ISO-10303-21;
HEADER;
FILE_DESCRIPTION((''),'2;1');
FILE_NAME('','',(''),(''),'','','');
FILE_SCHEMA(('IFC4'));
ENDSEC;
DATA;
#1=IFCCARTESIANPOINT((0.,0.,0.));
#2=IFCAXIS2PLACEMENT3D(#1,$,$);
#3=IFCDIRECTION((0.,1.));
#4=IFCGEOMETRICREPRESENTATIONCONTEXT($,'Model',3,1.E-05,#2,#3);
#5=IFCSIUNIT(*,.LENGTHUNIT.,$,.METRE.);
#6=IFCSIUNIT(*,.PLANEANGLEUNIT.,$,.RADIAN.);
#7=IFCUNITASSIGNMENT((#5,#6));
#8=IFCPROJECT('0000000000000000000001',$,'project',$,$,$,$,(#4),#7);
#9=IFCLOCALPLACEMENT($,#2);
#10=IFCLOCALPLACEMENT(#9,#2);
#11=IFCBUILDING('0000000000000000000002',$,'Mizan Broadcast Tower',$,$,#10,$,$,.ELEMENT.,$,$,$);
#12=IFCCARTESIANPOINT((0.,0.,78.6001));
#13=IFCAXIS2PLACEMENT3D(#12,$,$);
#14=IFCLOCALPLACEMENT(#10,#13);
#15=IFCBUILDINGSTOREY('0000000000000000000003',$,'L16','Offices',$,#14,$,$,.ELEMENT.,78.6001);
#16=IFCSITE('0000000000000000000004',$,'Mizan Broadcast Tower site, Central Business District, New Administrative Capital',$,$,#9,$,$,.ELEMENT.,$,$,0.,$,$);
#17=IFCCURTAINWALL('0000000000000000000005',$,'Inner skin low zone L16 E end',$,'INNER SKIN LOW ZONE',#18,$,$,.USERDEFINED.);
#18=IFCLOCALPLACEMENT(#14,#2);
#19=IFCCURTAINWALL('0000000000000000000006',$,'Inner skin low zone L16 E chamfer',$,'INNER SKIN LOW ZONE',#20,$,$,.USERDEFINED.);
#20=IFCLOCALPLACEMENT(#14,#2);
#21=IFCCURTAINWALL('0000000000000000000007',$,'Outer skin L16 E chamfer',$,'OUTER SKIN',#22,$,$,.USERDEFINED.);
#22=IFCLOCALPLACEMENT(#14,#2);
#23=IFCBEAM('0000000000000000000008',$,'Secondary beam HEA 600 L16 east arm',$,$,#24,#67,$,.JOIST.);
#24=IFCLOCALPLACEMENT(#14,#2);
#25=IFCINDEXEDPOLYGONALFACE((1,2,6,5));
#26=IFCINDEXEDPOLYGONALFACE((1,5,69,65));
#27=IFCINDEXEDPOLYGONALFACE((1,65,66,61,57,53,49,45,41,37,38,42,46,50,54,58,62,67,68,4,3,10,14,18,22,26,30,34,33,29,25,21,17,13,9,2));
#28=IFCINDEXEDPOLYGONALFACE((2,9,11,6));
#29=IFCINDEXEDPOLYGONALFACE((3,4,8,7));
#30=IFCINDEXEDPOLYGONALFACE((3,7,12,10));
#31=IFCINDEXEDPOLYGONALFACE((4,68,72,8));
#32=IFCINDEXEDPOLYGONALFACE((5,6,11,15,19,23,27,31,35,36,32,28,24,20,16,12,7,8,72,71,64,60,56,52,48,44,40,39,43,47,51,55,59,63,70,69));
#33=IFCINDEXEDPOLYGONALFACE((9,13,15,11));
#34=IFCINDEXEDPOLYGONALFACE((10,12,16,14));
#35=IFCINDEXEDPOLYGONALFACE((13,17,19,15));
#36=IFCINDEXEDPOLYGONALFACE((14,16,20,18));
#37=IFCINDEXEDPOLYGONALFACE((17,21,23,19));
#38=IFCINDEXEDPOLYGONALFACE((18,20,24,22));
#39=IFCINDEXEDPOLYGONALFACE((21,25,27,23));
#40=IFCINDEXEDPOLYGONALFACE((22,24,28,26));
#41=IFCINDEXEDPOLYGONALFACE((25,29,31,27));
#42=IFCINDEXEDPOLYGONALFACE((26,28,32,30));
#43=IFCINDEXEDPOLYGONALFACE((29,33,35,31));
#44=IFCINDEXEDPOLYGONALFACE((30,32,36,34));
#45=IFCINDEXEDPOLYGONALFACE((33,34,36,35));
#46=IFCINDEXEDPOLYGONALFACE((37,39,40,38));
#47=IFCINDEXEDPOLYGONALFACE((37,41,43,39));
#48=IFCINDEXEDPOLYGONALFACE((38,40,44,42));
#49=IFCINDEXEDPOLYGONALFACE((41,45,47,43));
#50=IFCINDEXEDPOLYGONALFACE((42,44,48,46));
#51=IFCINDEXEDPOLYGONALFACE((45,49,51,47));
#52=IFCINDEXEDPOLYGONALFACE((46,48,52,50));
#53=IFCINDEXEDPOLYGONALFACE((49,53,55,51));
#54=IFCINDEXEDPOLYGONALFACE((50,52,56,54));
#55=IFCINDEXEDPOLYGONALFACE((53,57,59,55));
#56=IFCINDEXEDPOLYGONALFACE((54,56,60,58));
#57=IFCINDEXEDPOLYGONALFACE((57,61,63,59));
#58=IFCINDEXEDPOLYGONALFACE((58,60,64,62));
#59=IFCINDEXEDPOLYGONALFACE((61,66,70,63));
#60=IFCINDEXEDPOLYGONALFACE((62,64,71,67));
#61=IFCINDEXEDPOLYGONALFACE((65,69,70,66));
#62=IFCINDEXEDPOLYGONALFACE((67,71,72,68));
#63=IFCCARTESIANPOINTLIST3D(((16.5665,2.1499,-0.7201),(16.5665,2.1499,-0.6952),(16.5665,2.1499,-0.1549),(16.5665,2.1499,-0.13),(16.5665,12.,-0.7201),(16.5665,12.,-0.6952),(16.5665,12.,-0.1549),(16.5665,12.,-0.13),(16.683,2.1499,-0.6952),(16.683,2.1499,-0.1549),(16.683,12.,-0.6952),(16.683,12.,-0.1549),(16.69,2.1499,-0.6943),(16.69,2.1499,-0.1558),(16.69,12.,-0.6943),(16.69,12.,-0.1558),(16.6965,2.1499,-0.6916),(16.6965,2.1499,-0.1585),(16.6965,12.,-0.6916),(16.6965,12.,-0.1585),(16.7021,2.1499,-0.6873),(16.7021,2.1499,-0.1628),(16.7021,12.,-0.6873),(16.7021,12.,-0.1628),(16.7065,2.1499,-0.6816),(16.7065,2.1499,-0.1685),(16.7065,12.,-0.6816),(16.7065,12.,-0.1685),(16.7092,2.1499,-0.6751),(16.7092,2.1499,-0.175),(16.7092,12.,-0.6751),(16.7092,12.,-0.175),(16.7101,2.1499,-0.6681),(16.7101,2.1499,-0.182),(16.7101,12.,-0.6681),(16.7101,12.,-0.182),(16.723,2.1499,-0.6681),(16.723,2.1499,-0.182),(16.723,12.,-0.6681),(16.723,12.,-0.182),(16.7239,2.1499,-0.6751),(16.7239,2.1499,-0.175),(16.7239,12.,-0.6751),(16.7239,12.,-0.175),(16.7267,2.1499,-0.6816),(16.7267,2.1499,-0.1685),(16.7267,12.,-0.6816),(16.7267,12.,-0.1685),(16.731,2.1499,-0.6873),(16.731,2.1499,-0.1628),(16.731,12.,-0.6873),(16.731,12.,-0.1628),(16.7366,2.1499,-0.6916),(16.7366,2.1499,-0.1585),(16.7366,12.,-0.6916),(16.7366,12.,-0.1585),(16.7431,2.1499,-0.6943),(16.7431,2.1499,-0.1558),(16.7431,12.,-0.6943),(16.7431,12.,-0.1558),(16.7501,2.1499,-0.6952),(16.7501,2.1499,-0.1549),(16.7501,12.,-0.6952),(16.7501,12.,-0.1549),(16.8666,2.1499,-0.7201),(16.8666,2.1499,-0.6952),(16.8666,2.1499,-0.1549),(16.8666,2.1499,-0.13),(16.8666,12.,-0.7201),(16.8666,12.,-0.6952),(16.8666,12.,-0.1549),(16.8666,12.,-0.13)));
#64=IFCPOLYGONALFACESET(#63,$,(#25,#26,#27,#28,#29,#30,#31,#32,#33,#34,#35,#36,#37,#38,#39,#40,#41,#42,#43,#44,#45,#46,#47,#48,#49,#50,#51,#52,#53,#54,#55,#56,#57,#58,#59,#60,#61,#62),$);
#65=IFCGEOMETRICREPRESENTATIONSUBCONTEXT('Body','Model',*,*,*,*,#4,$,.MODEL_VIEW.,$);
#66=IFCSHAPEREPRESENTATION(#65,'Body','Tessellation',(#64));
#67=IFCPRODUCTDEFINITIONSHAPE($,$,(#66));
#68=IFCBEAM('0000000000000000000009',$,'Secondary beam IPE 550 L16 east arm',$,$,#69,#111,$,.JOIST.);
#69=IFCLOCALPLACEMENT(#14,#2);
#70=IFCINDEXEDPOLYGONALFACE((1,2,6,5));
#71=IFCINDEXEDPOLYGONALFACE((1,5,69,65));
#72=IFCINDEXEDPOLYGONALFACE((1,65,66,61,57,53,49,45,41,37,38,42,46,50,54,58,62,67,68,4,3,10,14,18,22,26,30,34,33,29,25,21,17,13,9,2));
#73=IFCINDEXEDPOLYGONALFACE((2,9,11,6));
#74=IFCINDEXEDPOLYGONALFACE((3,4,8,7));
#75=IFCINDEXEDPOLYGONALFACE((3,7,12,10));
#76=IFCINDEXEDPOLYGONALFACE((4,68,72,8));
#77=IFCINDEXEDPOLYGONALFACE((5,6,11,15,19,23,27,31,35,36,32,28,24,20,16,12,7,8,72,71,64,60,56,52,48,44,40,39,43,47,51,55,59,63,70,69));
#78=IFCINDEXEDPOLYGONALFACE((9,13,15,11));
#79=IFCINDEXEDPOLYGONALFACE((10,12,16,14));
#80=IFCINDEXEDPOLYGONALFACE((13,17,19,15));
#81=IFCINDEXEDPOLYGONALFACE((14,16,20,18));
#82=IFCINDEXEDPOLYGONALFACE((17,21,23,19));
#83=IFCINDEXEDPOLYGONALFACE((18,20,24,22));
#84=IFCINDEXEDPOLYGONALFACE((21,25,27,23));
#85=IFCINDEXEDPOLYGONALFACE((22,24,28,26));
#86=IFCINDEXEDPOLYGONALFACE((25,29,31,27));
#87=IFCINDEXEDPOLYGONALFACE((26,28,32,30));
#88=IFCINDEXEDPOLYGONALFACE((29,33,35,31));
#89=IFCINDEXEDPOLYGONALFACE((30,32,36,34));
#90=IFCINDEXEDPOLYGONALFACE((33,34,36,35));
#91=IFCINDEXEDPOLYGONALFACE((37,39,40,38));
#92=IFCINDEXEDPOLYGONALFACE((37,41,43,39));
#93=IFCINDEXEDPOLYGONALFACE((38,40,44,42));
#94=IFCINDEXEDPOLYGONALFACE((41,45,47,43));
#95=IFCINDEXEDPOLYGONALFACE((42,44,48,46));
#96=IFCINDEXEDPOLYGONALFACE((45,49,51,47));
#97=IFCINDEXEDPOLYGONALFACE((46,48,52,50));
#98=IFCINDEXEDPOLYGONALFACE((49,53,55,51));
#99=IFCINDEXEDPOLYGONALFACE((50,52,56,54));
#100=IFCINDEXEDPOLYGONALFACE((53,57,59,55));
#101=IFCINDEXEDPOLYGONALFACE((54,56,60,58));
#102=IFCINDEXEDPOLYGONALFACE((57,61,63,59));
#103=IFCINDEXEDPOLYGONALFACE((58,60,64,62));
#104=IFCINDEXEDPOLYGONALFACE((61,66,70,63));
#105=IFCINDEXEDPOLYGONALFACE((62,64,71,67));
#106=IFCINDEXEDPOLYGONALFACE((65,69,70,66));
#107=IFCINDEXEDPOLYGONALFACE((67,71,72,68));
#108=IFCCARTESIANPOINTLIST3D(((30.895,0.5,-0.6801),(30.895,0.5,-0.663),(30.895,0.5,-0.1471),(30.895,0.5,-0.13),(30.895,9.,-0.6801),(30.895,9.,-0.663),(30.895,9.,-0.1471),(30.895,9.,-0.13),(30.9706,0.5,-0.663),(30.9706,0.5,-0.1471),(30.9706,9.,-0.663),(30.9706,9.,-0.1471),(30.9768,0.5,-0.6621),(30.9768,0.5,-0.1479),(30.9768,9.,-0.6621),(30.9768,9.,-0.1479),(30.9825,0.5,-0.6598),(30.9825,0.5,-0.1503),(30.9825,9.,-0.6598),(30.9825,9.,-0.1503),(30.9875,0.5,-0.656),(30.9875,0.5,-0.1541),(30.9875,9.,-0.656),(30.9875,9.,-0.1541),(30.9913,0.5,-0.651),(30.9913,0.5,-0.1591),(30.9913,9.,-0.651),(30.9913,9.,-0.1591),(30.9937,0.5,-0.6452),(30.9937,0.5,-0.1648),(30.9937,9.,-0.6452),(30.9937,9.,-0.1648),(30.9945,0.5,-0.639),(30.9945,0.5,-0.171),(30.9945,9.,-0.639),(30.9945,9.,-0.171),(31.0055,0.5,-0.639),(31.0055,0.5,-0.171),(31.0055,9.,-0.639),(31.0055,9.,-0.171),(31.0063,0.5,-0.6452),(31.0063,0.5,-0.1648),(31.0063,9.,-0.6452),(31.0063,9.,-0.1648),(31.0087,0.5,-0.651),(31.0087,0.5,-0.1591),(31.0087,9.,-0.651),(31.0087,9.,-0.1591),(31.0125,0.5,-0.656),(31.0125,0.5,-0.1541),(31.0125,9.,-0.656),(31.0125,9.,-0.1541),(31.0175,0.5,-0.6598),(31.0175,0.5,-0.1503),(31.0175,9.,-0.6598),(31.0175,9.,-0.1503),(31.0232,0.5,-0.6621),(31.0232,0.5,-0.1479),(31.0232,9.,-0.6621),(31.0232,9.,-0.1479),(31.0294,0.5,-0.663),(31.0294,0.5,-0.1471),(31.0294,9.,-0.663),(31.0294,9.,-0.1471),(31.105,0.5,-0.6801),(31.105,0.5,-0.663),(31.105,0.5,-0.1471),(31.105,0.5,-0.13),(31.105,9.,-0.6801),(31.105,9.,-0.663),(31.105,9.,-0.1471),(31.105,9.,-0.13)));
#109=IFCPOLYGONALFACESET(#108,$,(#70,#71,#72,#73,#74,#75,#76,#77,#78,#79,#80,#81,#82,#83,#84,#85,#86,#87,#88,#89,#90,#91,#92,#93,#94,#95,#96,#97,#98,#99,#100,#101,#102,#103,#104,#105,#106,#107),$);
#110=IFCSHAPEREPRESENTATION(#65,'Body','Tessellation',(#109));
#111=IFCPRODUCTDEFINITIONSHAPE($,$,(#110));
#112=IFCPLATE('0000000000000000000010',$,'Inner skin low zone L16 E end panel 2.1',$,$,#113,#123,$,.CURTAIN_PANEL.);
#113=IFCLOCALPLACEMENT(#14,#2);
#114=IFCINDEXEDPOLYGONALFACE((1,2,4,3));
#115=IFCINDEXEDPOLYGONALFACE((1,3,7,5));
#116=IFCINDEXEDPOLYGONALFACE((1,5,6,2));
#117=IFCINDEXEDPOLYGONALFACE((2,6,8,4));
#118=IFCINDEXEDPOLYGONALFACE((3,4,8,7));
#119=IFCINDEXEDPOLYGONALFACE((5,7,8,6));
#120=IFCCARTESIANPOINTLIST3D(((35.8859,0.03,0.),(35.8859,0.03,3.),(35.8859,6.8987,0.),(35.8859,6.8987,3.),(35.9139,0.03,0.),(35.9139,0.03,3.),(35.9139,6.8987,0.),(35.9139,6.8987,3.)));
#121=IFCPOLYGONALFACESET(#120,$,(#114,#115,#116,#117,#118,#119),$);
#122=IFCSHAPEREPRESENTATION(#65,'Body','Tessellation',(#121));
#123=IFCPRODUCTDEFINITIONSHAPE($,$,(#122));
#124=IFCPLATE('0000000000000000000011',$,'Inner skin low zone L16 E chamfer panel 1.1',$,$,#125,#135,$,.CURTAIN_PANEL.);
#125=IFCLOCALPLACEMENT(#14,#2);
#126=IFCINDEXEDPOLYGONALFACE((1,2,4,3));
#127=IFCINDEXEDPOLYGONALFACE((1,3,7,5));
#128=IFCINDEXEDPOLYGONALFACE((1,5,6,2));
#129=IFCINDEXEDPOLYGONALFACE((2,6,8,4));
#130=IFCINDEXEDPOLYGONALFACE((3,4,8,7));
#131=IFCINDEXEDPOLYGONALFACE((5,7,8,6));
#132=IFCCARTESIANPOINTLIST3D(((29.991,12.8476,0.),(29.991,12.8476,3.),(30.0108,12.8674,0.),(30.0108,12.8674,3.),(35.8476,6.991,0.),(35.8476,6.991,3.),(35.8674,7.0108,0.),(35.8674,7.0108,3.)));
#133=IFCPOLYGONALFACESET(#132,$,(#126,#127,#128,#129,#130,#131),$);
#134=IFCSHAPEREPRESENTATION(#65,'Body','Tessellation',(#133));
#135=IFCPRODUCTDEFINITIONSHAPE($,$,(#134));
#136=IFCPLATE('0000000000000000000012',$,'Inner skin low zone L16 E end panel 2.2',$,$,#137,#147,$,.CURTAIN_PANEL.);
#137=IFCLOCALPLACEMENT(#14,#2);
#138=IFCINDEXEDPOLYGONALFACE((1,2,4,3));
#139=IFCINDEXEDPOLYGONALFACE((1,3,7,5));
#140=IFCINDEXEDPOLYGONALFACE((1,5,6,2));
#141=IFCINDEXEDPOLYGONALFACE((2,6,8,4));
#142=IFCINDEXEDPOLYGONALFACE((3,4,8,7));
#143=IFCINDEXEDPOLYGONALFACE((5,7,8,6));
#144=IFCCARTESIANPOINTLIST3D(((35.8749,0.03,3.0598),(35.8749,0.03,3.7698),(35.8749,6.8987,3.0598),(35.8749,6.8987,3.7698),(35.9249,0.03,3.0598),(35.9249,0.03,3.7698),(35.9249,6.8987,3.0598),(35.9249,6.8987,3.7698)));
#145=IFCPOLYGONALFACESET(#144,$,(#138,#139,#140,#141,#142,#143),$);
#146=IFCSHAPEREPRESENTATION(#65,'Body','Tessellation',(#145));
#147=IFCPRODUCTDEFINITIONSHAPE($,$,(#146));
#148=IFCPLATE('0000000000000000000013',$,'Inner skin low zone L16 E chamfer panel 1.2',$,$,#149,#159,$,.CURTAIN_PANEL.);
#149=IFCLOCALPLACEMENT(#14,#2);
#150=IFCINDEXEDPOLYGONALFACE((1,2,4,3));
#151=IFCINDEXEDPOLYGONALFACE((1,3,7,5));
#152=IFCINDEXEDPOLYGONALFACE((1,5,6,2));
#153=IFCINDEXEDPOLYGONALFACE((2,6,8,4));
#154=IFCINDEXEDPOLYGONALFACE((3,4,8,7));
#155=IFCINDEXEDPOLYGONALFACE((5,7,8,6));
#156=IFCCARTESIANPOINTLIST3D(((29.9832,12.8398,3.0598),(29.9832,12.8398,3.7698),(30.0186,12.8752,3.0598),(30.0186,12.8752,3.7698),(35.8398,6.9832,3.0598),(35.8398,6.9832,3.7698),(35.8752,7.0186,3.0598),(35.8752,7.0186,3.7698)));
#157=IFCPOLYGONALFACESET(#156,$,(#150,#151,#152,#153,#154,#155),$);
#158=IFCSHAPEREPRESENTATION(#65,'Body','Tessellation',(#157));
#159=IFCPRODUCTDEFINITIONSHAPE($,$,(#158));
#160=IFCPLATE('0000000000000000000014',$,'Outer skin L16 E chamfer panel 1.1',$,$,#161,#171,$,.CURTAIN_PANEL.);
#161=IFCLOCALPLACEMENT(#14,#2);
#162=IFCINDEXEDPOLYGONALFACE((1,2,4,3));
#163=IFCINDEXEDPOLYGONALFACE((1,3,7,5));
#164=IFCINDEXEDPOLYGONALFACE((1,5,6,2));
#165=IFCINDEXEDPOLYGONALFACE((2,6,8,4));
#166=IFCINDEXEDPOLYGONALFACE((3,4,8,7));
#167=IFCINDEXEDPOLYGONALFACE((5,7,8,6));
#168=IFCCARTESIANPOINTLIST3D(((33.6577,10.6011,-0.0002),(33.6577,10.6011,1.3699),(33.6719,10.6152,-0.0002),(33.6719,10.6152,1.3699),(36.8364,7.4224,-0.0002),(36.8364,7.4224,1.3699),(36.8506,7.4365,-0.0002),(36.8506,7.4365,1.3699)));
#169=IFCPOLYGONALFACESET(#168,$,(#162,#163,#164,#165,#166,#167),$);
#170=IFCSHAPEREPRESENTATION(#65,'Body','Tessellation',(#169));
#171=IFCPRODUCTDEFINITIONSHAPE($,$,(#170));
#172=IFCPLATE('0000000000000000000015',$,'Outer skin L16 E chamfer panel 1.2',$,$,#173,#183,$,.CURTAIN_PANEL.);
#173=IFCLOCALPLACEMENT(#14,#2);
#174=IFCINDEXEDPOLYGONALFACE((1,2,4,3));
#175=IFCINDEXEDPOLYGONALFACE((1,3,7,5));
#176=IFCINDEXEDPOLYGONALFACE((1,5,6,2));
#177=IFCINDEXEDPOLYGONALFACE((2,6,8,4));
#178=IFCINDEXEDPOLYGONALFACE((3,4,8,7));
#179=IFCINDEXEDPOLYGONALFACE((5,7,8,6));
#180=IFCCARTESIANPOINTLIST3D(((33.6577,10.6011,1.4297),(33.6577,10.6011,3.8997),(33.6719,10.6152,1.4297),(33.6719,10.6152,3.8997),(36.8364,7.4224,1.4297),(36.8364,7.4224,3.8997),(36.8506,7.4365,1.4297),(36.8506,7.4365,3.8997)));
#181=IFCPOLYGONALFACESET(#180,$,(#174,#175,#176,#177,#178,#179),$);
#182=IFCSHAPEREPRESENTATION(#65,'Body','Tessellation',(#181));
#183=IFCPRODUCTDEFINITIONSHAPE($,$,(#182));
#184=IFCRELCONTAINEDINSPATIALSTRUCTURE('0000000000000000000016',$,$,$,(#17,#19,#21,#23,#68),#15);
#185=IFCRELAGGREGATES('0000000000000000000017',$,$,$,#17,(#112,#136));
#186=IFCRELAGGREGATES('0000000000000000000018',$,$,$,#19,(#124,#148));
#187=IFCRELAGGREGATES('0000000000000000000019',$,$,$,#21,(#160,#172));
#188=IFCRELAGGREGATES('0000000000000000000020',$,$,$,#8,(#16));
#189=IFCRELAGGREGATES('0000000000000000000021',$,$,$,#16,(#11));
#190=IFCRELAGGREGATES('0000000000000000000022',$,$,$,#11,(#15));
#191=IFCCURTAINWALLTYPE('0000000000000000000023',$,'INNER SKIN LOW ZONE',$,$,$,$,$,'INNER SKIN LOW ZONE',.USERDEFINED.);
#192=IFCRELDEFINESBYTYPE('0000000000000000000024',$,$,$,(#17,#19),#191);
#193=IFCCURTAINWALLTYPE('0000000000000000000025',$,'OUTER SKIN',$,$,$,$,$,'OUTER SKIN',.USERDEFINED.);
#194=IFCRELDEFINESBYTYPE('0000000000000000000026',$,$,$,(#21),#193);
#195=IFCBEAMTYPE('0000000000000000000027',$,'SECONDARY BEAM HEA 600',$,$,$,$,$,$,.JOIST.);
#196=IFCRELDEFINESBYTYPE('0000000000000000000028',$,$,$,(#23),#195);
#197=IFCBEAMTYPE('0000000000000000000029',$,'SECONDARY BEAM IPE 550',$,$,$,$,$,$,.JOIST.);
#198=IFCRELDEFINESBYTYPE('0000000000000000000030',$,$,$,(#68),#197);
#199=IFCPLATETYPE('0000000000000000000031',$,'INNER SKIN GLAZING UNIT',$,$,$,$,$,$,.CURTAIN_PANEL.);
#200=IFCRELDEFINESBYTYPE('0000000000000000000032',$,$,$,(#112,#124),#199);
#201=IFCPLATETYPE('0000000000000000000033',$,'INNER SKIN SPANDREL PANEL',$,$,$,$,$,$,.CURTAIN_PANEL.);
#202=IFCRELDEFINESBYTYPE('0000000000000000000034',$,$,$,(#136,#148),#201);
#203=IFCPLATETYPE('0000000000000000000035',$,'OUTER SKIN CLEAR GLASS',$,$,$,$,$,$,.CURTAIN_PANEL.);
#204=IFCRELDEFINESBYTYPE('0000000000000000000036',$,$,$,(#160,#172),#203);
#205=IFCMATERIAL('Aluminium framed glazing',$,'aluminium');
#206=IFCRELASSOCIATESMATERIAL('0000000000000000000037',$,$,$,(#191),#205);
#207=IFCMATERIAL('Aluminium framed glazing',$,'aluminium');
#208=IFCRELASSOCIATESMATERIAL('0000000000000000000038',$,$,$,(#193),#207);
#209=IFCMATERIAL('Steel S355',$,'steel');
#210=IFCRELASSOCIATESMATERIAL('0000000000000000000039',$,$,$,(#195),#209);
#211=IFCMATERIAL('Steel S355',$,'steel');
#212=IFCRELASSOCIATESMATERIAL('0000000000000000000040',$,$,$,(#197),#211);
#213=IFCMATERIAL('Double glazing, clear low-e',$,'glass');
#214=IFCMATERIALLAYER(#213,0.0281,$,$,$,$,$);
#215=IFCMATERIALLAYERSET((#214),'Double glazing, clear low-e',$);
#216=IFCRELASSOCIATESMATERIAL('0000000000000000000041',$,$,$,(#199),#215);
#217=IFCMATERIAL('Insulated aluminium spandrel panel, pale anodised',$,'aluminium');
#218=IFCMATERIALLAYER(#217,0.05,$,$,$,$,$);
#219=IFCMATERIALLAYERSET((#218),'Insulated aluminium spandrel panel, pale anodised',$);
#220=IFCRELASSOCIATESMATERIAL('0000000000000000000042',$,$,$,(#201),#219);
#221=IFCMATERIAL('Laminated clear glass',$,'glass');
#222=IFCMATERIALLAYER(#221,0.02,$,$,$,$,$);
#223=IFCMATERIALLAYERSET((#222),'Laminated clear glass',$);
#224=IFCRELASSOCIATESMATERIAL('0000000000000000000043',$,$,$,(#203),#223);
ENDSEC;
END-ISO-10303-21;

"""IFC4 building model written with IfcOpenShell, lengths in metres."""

from ifc_helpers import new_model, si_unit, direction, frame, origin, origin_2d, place, context, subcontext, project, spatial, rectangle, i_section, extrude, material, layer, layer_set, material_profile, profile_set, type_object, element, aggregate, save


model = new_model("IFC4")

# Units and contexts
model_context = context("Model", 3, precision=1e-05, world=origin(), true_north=direction((0.0, 1.0)))
body_context = subcontext(model_context, "Body", "Model", "MODEL_VIEW")
ifc_project = project(units=[si_unit("LENGTHUNIT", "METRE"), si_unit("PLANEANGLEUNIT", "RADIAN")], contexts=[model_context])

# Site, building, storey
site_placement = place(None, origin())
site = spatial("IfcSite", under=ifc_project, at=site_placement, Name="Mizan Broadcast Tower site, Central Business District, New Administrative Capital", CompositionType="ELEMENT", RefElevation=0.0)
building_placement = place(site_placement, origin())
building = spatial("IfcBuilding", under=site, at=building_placement, Name="Mizan Broadcast Tower", CompositionType="ELEMENT")
storey_placement = place(building_placement, frame((0.0, 0.0, 78.6001)))
storey = spatial("IfcBuildingStorey", under=building, at=storey_placement, Name="L16", Description="Offices", CompositionType="ELEMENT", Elevation=78.6001)

# Curtain wall
ifc_material_1 = material(Name="Aluminium framed glazing", Category="aluminium")
curtain_wall_type_1 = type_object("IfcCurtainWallType", Name="INNER SKIN LOW ZONE", ElementType="INNER SKIN LOW ZONE", PredefinedType="USERDEFINED", material=ifc_material_1)
curtain_wall_1_placement = place(storey_placement, origin())
curtain_wall_1 = element("IfcCurtainWall", 1, at=curtain_wall_1_placement, inside=storey, type_object=curtain_wall_type_1, Name="Inner skin low zone L16 E end", ObjectType="INNER SKIN LOW ZONE", PredefinedType="USERDEFINED")

# Curtain wall
curtain_wall_2_placement = place(storey_placement, origin())
curtain_wall_2 = element("IfcCurtainWall", 2, at=curtain_wall_2_placement, inside=storey, type_object=curtain_wall_type_1, Name="Inner skin low zone L16 E chamfer", ObjectType="INNER SKIN LOW ZONE", PredefinedType="USERDEFINED")

# Shared definitions
ifc_material_2 = material(Name="Aluminium framed glazing", Category="aluminium")
curtain_wall_type_2 = type_object("IfcCurtainWallType", Name="OUTER SKIN", ElementType="OUTER SKIN", PredefinedType="USERDEFINED", material=ifc_material_2)

# Curtain wall
curtain_wall_3_placement = place(storey_placement, origin())
curtain_wall_3 = element("IfcCurtainWall", 3, at=curtain_wall_3_placement, inside=storey, type_object=curtain_wall_type_2, Name="Outer skin L16 E chamfer", ObjectType="OUTER SKIN", PredefinedType="USERDEFINED")

# Beams
ifc_material_3 = material(Name="Steel S355", Category="steel")
ifc_material_profile_1 = material_profile(ifc_material_3, i_section(OverallWidth=0.3, OverallDepth=0.5901, WebThickness=0.0129, FlangeThickness=0.0249, FilletRadius=0.0271, at=origin_2d()), Name="HEA 600")
ifc_profile_set_1 = profile_set([ifc_material_profile_1], Name="Steel S355")
beam_type_1 = type_object("IfcBeamType", Name="SECONDARY BEAM HEA 600", PredefinedType="JOIST", material=ifc_profile_set_1)
for number, where, z_axis, x_axis, name in (
    (4, (16.7166, 12.0, -0.425), (0.0, -1.0, 0.0), (1.0, 0.0, 0.0), "Secondary beam HEA 600 L16 east arm"),
):
    element("IfcBeam", number, at=place(storey_placement, frame(where, z_axis=z_axis, x_axis=x_axis)), inside=storey, type_object=beam_type_1, Name=name, PredefinedType="JOIST", context=body_context, shape_type="SweptSolid", body=[
        extrude(i_section(OverallWidth=0.3, OverallDepth=0.5901, WebThickness=0.0129, FlangeThickness=0.0249, FilletRadius=0.0271, at=origin_2d()), origin(), (0.0, 0.0, 1.0), 9.8501),
    ])
ifc_material_4 = material(Name="Steel S355", Category="steel")
ifc_material_profile_2 = material_profile(ifc_material_4, i_section(OverallWidth=0.21, OverallDepth=0.55, WebThickness=0.011, FlangeThickness=0.0171, FilletRadius=0.0239, at=origin_2d()), Name="IPE 550")
ifc_profile_set_2 = profile_set([ifc_material_profile_2], Name="Steel S355")
beam_type_2 = type_object("IfcBeamType", Name="SECONDARY BEAM IPE 550", PredefinedType="JOIST", material=ifc_profile_set_2)
beam_1_placement = place(storey_placement, frame((31.0, 9.0, -0.405), z_axis=(0.0, -1.0, 0.0), x_axis=(1.0, 0.0, 0.0)))
element("IfcBeam", 5, at=beam_1_placement, inside=storey, type_object=beam_type_2, Name="Secondary beam IPE 550 L16 east arm", PredefinedType="JOIST", context=body_context, shape_type="SweptSolid", body=[
    extrude(i_section(OverallWidth=0.21, OverallDepth=0.55, WebThickness=0.011, FlangeThickness=0.0171, FilletRadius=0.0239, at=origin_2d()), origin(), (0.0, 0.0, 1.0), 8.5),
])

# Plates
ifc_material_5 = material(Name="Double glazing, clear low-e", Category="glass")
ifc_layer_1 = layer(ifc_material_5, 0.0281)
ifc_layer_set_1 = layer_set([ifc_layer_1], Name="Double glazing, clear low-e")
plate_type_1 = type_object("IfcPlateType", Name="INNER SKIN GLAZING UNIT", PredefinedType="CURTAIN_PANEL", material=ifc_layer_set_1)
plate_1_placement = place(storey_placement, frame((35.8999, 3.4644, 0.0), z_axis=(0.0, 0.0, 1.0), x_axis=(0.0, 1.0, 0.0)))
plate_1 = element("IfcPlate", 6, at=plate_1_placement, type_object=plate_type_1, Name="Inner skin low zone L16 E end panel 2.1", PredefinedType="CURTAIN_PANEL", context=body_context, shape_type="SweptSolid", body=[
    extrude(rectangle(XDim=6.8687, YDim=0.0281, at=origin_2d()), origin(), (0.0, 0.0, 1.0), 3.0),
])
plate_2_placement = place(storey_placement, frame((32.9292, 9.9292, 0.0), z_axis=(0.0, 0.0, 1.0), x_axis=(-0.707107, 0.707107, 0.0)))
plate_2 = element("IfcPlate", 7, at=plate_2_placement, type_object=plate_type_1, Name="Inner skin low zone L16 E chamfer panel 1.1", PredefinedType="CURTAIN_PANEL", context=body_context, shape_type="SweptSolid", body=[
    extrude(rectangle(XDim=8.2825, YDim=0.0281, at=origin_2d()), origin(), (0.0, 0.0, 1.0), 3.0),
])
ifc_material_6 = material(Name="Insulated aluminium spandrel panel, pale anodised", Category="aluminium")
ifc_layer_2 = layer(ifc_material_6, 0.05)
ifc_layer_set_2 = layer_set([ifc_layer_2], Name="Insulated aluminium spandrel panel, pale anodised")
plate_type_2 = type_object("IfcPlateType", Name="INNER SKIN SPANDREL PANEL", PredefinedType="CURTAIN_PANEL", material=ifc_layer_set_2)
plate_3_placement = place(storey_placement, frame((35.8999, 3.4644, 3.0598), z_axis=(0.0, 0.0, 1.0), x_axis=(0.0, 1.0, 0.0)))
plate_3 = element("IfcPlate", 8, at=plate_3_placement, type_object=plate_type_2, Name="Inner skin low zone L16 E end panel 2.2", PredefinedType="CURTAIN_PANEL", context=body_context, shape_type="SweptSolid", body=[
    extrude(rectangle(XDim=6.8687, YDim=0.05, at=origin_2d()), origin(), (0.0, 0.0, 1.0), 0.71),
])
aggregate(curtain_wall_1, [plate_1, plate_3])
plate_4_placement = place(storey_placement, frame((32.9292, 9.9292, 3.0598), z_axis=(0.0, 0.0, 1.0), x_axis=(-0.707107, 0.707107, 0.0)))
plate_4 = element("IfcPlate", 9, at=plate_4_placement, type_object=plate_type_2, Name="Inner skin low zone L16 E chamfer panel 1.2", PredefinedType="CURTAIN_PANEL", context=body_context, shape_type="SweptSolid", body=[
    extrude(rectangle(XDim=8.2825, YDim=0.05, at=origin_2d()), origin(), (0.0, 0.0, 1.0), 0.71),
])
aggregate(curtain_wall_2, [plate_2, plate_4])
ifc_material_7 = material(Name="Laminated clear glass", Category="glass")
ifc_layer_3 = layer(ifc_material_7, 0.02)
ifc_layer_set_3 = layer_set([ifc_layer_3], Name="Laminated clear glass")
plate_type_3 = type_object("IfcPlateType", Name="OUTER SKIN CLEAR GLASS", PredefinedType="CURTAIN_PANEL", material=ifc_layer_set_3)
plate_5_placement = place(storey_placement, frame((35.2542, 9.0188, -0.0002), z_axis=(0.0, 0.0, 1.0), x_axis=(-0.707107, 0.707107, 0.0)))
plate_5 = element("IfcPlate", 10, at=plate_5_placement, type_object=plate_type_3, Name="Outer skin L16 E chamfer panel 1.1", PredefinedType="CURTAIN_PANEL", context=body_context, shape_type="SweptSolid", body=[
    extrude(rectangle(XDim=4.4954, YDim=0.02, at=origin_2d()), origin(), (0.0, 0.0, 1.0), 1.3701),
])
plate_6_placement = place(storey_placement, frame((35.2542, 9.0188, 1.4297), z_axis=(0.0, 0.0, 1.0), x_axis=(-0.707107, 0.707107, 0.0)))
plate_6 = element("IfcPlate", 11, at=plate_6_placement, type_object=plate_type_3, Name="Outer skin L16 E chamfer panel 1.2", PredefinedType="CURTAIN_PANEL", context=body_context, shape_type="SweptSolid", body=[
    extrude(rectangle(XDim=4.4954, YDim=0.02, at=origin_2d()), origin(), (0.0, 0.0, 1.0), 2.47),
])
aggregate(curtain_wall_3, [plate_5, plate_6])

save(model, "model.ifc")
